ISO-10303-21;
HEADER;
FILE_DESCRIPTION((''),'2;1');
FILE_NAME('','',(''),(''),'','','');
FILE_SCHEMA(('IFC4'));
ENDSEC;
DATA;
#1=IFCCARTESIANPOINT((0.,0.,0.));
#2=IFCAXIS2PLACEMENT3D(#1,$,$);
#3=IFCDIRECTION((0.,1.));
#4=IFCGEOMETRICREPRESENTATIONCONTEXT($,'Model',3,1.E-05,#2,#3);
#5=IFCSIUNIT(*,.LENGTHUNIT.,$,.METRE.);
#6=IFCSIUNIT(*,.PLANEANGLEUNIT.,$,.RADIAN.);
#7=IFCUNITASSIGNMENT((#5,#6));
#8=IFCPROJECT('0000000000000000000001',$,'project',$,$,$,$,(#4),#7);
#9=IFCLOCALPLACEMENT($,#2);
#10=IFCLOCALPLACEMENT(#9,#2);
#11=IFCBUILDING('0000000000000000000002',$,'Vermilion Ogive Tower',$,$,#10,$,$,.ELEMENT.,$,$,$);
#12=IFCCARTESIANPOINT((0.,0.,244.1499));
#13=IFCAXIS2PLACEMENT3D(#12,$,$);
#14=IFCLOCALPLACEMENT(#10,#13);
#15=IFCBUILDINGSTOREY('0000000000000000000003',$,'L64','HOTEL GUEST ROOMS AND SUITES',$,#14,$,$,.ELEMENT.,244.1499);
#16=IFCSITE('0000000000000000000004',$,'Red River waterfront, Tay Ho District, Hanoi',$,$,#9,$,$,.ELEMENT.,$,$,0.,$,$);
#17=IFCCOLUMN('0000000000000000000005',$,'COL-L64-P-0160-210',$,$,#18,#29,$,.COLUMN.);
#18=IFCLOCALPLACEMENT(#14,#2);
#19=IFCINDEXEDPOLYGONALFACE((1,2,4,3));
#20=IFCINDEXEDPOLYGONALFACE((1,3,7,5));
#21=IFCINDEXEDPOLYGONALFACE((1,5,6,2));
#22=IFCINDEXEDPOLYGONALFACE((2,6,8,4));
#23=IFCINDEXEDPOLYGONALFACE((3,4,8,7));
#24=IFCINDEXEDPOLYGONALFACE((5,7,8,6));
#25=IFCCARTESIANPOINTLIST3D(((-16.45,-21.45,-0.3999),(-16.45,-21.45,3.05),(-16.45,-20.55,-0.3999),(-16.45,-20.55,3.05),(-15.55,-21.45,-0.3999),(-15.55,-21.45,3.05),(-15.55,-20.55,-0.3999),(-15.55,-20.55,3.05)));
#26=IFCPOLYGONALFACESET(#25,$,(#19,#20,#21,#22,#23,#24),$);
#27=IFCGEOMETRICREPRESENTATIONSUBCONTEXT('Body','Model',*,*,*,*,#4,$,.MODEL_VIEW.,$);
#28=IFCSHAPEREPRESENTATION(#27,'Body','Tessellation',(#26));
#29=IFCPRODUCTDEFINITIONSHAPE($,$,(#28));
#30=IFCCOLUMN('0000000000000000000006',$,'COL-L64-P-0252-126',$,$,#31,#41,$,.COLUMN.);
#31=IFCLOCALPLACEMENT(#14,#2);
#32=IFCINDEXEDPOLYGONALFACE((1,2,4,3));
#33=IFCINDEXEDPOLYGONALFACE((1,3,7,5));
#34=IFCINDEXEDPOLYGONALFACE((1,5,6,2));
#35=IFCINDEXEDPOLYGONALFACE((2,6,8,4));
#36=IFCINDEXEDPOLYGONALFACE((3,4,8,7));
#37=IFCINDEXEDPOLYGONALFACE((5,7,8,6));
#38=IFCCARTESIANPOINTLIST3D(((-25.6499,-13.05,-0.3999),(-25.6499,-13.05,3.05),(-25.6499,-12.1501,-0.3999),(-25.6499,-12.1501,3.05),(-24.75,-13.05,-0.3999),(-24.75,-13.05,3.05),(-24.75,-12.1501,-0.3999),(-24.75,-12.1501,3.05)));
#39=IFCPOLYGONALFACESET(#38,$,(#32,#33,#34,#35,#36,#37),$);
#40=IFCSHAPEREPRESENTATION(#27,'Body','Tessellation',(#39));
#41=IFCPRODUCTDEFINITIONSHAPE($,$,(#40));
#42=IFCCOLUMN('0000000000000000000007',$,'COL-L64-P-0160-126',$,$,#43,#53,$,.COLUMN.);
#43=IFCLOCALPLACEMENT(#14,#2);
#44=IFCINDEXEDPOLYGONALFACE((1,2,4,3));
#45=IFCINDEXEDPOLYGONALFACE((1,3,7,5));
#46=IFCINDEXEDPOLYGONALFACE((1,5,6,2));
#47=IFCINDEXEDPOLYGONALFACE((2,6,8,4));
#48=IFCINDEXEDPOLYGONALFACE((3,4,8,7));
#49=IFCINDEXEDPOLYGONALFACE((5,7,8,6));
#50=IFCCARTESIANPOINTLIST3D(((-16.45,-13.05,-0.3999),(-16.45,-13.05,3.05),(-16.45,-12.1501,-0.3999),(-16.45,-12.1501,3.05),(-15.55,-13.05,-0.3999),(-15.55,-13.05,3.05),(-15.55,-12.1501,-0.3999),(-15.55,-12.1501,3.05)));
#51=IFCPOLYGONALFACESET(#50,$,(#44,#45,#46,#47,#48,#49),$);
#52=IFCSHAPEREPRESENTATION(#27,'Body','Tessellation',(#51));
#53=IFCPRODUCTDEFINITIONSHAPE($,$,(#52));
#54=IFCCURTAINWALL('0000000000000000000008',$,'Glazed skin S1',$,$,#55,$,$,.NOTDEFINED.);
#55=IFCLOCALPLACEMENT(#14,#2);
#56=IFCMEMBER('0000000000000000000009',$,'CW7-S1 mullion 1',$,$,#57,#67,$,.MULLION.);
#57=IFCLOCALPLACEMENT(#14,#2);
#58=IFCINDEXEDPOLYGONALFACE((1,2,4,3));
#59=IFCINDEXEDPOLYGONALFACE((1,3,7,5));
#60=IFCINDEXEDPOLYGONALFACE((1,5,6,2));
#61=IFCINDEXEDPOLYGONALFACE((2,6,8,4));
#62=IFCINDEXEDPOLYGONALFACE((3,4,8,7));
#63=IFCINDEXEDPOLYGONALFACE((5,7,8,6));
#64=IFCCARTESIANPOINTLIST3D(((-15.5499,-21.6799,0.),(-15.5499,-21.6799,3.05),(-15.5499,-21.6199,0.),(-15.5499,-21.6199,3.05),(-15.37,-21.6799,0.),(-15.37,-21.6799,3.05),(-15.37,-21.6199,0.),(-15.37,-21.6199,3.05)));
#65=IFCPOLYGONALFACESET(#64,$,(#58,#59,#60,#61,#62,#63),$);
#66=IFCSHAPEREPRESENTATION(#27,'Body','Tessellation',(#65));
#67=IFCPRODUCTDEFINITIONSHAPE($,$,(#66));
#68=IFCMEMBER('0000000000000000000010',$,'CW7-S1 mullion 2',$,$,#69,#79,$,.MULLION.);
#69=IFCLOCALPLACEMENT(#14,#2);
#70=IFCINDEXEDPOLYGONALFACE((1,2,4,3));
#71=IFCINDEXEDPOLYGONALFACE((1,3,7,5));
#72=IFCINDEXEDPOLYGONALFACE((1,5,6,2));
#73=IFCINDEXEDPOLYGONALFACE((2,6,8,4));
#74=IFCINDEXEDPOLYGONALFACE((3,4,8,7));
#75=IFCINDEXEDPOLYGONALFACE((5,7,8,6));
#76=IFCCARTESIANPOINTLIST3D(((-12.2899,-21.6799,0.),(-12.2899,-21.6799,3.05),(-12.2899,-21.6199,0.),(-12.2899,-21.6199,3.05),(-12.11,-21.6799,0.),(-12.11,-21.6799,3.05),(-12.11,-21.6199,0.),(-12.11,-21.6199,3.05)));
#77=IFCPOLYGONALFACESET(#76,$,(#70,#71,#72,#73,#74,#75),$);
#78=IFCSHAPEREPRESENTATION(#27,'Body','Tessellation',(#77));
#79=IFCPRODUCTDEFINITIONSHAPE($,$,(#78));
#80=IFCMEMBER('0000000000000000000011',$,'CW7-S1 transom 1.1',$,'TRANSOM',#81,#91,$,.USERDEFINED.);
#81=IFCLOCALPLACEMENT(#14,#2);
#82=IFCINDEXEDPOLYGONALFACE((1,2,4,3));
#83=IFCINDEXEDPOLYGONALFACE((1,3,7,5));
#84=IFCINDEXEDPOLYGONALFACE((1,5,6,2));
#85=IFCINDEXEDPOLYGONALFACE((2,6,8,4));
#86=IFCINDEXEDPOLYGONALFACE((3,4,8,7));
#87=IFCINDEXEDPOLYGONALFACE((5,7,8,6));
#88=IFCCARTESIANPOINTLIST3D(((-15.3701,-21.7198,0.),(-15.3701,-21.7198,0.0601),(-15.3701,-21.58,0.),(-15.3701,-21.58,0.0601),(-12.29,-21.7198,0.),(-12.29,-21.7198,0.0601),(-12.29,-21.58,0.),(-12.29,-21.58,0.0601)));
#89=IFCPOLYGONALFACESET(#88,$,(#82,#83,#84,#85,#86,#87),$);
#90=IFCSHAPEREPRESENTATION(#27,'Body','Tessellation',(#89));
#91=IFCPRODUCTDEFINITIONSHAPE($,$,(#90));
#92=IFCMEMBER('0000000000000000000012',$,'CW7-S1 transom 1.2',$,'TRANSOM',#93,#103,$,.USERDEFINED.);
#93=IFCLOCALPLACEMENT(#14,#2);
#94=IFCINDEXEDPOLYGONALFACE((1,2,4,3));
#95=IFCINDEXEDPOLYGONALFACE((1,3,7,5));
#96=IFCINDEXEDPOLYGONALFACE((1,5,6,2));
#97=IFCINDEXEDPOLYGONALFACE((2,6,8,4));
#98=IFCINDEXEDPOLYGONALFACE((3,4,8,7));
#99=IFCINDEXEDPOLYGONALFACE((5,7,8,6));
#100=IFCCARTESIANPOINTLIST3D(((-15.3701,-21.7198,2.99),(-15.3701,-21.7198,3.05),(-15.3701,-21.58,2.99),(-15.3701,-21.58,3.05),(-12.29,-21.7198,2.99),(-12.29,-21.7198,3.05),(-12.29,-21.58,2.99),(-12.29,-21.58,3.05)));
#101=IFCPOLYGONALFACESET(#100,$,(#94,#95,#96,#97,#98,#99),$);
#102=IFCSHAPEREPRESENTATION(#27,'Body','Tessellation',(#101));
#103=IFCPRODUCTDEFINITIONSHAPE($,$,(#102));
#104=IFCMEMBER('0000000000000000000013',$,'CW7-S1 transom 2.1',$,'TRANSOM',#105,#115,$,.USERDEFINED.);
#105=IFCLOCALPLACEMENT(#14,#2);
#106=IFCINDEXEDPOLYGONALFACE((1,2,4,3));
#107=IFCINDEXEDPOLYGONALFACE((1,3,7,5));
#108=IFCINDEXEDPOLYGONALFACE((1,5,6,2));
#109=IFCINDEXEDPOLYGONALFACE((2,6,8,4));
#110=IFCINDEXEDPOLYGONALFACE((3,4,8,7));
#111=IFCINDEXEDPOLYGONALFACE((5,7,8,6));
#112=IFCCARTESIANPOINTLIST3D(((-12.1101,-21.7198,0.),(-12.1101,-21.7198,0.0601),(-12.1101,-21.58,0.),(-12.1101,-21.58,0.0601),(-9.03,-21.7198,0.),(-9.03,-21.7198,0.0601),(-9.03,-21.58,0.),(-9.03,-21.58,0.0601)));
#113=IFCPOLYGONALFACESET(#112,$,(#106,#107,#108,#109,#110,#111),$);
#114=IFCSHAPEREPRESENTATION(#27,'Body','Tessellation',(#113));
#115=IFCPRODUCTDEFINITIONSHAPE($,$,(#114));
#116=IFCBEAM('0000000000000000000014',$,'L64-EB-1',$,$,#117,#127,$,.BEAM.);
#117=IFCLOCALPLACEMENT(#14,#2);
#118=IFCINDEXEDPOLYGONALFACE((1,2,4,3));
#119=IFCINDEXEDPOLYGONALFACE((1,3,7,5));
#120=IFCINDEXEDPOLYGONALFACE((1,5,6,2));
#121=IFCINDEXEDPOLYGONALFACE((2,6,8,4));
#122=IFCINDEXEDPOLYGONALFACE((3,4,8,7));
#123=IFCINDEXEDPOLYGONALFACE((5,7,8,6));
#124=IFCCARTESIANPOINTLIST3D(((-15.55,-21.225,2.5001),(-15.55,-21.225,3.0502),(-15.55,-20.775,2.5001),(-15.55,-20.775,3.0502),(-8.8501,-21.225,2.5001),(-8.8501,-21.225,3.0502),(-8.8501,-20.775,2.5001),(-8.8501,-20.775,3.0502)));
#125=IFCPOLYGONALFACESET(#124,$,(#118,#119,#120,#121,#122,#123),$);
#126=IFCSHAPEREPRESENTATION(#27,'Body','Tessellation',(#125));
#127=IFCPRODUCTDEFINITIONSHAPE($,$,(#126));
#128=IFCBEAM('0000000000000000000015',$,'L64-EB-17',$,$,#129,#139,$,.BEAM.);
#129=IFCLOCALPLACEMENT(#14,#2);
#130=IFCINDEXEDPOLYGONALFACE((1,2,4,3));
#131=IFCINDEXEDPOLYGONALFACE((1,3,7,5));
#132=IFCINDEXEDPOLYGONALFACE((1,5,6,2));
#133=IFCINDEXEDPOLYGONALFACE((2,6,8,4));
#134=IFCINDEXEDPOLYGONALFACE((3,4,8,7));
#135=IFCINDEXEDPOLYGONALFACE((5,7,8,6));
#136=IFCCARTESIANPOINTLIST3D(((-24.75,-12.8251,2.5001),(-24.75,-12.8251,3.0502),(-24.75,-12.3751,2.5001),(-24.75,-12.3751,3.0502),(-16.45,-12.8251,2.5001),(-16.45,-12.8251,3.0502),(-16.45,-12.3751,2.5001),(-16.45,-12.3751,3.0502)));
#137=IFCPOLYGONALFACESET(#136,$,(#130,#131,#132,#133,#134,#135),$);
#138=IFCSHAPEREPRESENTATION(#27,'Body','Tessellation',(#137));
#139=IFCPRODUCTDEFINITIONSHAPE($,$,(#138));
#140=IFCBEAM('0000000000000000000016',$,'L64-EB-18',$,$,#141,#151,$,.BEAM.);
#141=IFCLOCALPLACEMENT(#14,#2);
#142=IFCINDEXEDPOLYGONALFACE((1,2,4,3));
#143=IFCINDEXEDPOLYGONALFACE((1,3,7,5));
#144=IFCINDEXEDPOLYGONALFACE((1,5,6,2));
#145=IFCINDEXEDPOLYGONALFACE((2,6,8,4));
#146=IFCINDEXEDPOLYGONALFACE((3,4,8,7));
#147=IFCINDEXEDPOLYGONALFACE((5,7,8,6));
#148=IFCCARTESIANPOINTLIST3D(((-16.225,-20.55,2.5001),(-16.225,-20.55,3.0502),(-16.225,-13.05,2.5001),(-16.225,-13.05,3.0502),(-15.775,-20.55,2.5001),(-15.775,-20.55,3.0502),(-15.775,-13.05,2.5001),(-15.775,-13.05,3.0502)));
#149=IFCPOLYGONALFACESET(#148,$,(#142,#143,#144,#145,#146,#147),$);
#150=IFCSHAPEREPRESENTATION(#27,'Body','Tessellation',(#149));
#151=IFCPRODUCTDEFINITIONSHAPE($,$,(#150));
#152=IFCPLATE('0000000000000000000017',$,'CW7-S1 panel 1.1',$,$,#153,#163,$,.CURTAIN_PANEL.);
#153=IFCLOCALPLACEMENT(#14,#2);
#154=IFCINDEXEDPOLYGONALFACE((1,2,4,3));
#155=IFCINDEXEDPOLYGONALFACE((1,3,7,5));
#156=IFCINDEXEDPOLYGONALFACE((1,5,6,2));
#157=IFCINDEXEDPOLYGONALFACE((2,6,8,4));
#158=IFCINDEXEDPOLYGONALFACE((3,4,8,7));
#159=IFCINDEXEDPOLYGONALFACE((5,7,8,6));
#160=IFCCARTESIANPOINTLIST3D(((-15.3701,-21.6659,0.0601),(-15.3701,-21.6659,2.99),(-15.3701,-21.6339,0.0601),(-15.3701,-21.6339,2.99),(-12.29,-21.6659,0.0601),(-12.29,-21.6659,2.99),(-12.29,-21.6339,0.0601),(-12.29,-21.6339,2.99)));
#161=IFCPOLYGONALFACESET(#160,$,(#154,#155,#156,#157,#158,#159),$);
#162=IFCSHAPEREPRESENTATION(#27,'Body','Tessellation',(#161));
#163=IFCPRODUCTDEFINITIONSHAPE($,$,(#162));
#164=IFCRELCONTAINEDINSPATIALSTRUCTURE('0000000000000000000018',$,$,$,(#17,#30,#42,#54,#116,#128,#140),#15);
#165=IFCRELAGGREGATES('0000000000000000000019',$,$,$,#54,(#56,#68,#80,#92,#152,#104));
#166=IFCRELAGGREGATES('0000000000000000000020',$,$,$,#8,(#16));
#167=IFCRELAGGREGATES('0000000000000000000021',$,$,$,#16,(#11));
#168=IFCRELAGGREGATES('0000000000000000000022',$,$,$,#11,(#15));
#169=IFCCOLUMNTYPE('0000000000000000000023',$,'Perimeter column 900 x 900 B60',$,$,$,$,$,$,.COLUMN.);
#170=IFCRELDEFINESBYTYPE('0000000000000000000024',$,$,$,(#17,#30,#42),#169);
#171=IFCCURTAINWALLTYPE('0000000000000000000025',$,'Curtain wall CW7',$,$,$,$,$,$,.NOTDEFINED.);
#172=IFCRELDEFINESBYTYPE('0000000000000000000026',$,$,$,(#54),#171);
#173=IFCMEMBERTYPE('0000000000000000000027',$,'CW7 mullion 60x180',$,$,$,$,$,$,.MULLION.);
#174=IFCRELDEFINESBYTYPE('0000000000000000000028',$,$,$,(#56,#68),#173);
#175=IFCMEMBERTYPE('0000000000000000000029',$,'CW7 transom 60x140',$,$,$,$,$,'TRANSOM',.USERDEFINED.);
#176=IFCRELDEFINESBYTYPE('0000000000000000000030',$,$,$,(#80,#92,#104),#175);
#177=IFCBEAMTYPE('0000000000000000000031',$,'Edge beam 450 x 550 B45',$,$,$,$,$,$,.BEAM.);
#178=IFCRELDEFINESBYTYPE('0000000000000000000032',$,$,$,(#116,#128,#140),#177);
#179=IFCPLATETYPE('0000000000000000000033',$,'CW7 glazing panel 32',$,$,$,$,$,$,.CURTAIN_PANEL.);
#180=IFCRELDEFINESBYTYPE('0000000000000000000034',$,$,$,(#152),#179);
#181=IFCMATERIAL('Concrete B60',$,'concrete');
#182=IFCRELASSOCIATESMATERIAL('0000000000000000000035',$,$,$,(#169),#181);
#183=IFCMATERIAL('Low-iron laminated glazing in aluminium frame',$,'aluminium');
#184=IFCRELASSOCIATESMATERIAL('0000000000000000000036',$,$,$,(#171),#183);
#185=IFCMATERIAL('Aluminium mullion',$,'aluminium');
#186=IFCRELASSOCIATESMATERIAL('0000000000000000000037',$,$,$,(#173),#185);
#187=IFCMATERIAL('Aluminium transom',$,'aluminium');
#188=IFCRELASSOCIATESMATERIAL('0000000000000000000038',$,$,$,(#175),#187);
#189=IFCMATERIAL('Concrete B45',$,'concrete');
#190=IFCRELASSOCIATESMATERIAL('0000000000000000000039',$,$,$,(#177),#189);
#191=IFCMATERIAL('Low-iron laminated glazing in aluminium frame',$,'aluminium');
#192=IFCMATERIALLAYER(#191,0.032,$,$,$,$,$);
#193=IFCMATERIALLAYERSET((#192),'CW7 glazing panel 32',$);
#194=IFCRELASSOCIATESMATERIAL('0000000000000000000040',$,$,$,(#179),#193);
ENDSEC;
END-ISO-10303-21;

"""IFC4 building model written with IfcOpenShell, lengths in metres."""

from ifc_helpers import new_model, si_unit, direction, frame, origin, origin_2d, place, context, subcontext, project, spatial, rectangle, extrude, material, layer, layer_set, material_profile, profile_set, type_object, element, aggregate, save


model = new_model("IFC4")

# Units and contexts
model_context = context("Model", 3, precision=1e-05, world=origin(), true_north=direction((0.0, 1.0)))
body_context = subcontext(model_context, "Body", "Model", "MODEL_VIEW")
ifc_project = project(units=[si_unit("LENGTHUNIT", "METRE"), si_unit("PLANEANGLEUNIT", "RADIAN")], contexts=[model_context])

# Site, building, storey
site_placement = place(None, origin())
site = spatial("IfcSite", under=ifc_project, at=site_placement, Name="Red River waterfront, Tay Ho District, Hanoi", CompositionType="ELEMENT", RefElevation=0.0)
building_placement = place(site_placement, origin())
building = spatial("IfcBuilding", under=site, at=building_placement, Name="Vermilion Ogive Tower", CompositionType="ELEMENT")
storey_placement = place(building_placement, frame((0.0, 0.0, 244.1499)))
storey = spatial("IfcBuildingStorey", under=building, at=storey_placement, Name="L64", Description="HOTEL GUEST ROOMS AND SUITES", CompositionType="ELEMENT", Elevation=244.1499)

# Columns
ifc_material_1 = material(Name="Concrete B60", Category="concrete")
ifc_material_profile_1 = material_profile(ifc_material_1, rectangle(XDim=0.8999, YDim=0.8999, at=origin_2d()), Name="900 x 900")
ifc_profile_set_1 = profile_set([ifc_material_profile_1], Name="Concrete B60")
column_type = type_object("IfcColumnType", Name="Perimeter column 900 x 900 B60", PredefinedType="COLUMN", material=ifc_profile_set_1)
for number, where, z_axis, x_axis, name in (
    (1, (-16.0, -21.0, -0.3999), (0.0, 0.0, 1.0), (1.0, 0.0, 0.0), "COL-L64-P-0160-210"),
    (2, (-25.2, -12.6001, -0.3999), (0.0, 0.0, 1.0), (1.0, 0.0, 0.0), "COL-L64-P-0252-126"),
    (3, (-16.0, -12.6001, -0.3999), (0.0, 0.0, 1.0), (1.0, 0.0, 0.0), "COL-L64-P-0160-126"),
):
    element("IfcColumn", number, at=place(storey_placement, frame(where, z_axis=z_axis, x_axis=x_axis)), inside=storey, type_object=column_type, Name=name, PredefinedType="COLUMN", context=body_context, shape_type="SweptSolid", body=[
        extrude(rectangle(XDim=0.8999, YDim=0.8999, at=origin_2d()), origin(), (0.0, 0.0, 1.0), 3.45),
    ])

# Curtain wall, members
ifc_material_2 = material(Name="Low-iron laminated glazing in aluminium frame", Category="aluminium")
curtain_wall_type = type_object("IfcCurtainWallType", Name="Curtain wall CW7", PredefinedType="NOTDEFINED", material=ifc_material_2)
curtain_wall_placement = place(storey_placement, origin())
curtain_wall = element("IfcCurtainWall", 4, at=curtain_wall_placement, inside=storey, type_object=curtain_wall_type, Name="Glazed skin S1", PredefinedType="NOTDEFINED")
ifc_material_3 = material(Name="Aluminium mullion", Category="aluminium")
ifc_material_profile_2 = material_profile(ifc_material_3, rectangle(XDim=0.0601, YDim=0.1799, at=origin_2d()), Name="AL 60x180")
ifc_profile_set_2 = profile_set([ifc_material_profile_2], Name="Aluminium mullion")
member_type_1 = type_object("IfcMemberType", Name="CW7 mullion 60x180", PredefinedType="MULLION", material=ifc_profile_set_2)
member_1_placement = place(storey_placement, frame((-15.46, -21.6499, 0.0), z_axis=(0.0, 0.0, 1.0), x_axis=(0.0, 1.0, 0.0)))
member_1 = element("IfcMember", 5, at=member_1_placement, type_object=member_type_1, Name="CW7-S1 mullion 1", PredefinedType="MULLION", context=body_context, shape_type="SweptSolid", body=[
    extrude(rectangle(XDim=0.0601, YDim=0.1799, at=origin_2d()), origin(), (0.0, 0.0, 1.0), 3.05),
])
member_2_placement = place(storey_placement, frame((-12.2, -21.6499, 0.0), z_axis=(0.0, 0.0, 1.0), x_axis=(0.0, 1.0, 0.0)))
member_2 = element("IfcMember", 6, at=member_2_placement, type_object=member_type_1, Name="CW7-S1 mullion 2", PredefinedType="MULLION", context=body_context, shape_type="SweptSolid", body=[
    extrude(rectangle(XDim=0.0601, YDim=0.1799, at=origin_2d()), origin(), (0.0, 0.0, 1.0), 3.05),
])
ifc_material_4 = material(Name="Aluminium transom", Category="aluminium")
ifc_material_profile_3 = material_profile(ifc_material_4, rectangle(XDim=0.1399, YDim=0.0601, at=origin_2d()), Name="AL 60x140")
ifc_profile_set_3 = profile_set([ifc_material_profile_3], Name="Aluminium transom")
member_type_2 = type_object("IfcMemberType", Name="CW7 transom 60x140", ElementType="TRANSOM", PredefinedType="USERDEFINED", material=ifc_profile_set_3)
member_3_placement = place(storey_placement, frame((-15.3701, -21.6499, 0.03), z_axis=(1.0, 0.0, 0.0), x_axis=(0.0, 1.0, 0.0)))
member_3 = element("IfcMember", 7, at=member_3_placement, type_object=member_type_2, Name="CW7-S1 transom 1.1", ObjectType="TRANSOM", PredefinedType="USERDEFINED", context=body_context, shape_type="SweptSolid", body=[
    extrude(rectangle(XDim=0.1399, YDim=0.0601, at=origin_2d()), origin(), (0.0, 0.0, 1.0), 3.0801),
])
member_4_placement = place(storey_placement, frame((-15.3701, -21.6499, 3.02), z_axis=(1.0, 0.0, 0.0), x_axis=(0.0, 1.0, 0.0)))
member_4 = element("IfcMember", 8, at=member_4_placement, type_object=member_type_2, Name="CW7-S1 transom 1.2", ObjectType="TRANSOM", PredefinedType="USERDEFINED", context=body_context, shape_type="SweptSolid", body=[
    extrude(rectangle(XDim=0.1399, YDim=0.0601, at=origin_2d()), origin(), (0.0, 0.0, 1.0), 3.0801),
])
member_5_placement = place(storey_placement, frame((-12.1101, -21.6499, 0.03), z_axis=(1.0, 0.0, 0.0), x_axis=(0.0, 1.0, 0.0)))
member_5 = element("IfcMember", 9, at=member_5_placement, type_object=member_type_2, Name="CW7-S1 transom 2.1", ObjectType="TRANSOM", PredefinedType="USERDEFINED", context=body_context, shape_type="SweptSolid", body=[
    extrude(rectangle(XDim=0.1399, YDim=0.0601, at=origin_2d()), origin(), (0.0, 0.0, 1.0), 3.0801),
])

# Beams
ifc_material_5 = material(Name="Concrete B45", Category="concrete")
ifc_material_profile_4 = material_profile(ifc_material_5, rectangle(XDim=0.45, YDim=0.55, at=origin_2d()), Name="450 x 550")
ifc_profile_set_4 = profile_set([ifc_material_profile_4], Name="Concrete B45")
beam_type = type_object("IfcBeamType", Name="Edge beam 450 x 550 B45", PredefinedType="BEAM", material=ifc_profile_set_4)
beam_1_placement = place(storey_placement, frame((-15.55, -21.0, 2.7751), z_axis=(1.0, 0.0, 0.0), x_axis=(0.0, 1.0, 0.0)))
element("IfcBeam", 10, at=beam_1_placement, inside=storey, type_object=beam_type, Name="L64-EB-1", PredefinedType="BEAM", context=body_context, shape_type="SweptSolid", body=[
    extrude(rectangle(XDim=0.45, YDim=0.55, at=origin_2d()), origin(), (0.0, 0.0, 1.0), 6.7),
])
beam_2_placement = place(storey_placement, frame((-24.75, -12.6001, 2.7751), z_axis=(1.0, 0.0, 0.0), x_axis=(0.0, 1.0, 0.0)))
element("IfcBeam", 11, at=beam_2_placement, inside=storey, type_object=beam_type, Name="L64-EB-17", PredefinedType="BEAM", context=body_context, shape_type="SweptSolid", body=[
    extrude(rectangle(XDim=0.45, YDim=0.55, at=origin_2d()), origin(), (0.0, 0.0, 1.0), 8.3),
])
beam_3_placement = place(storey_placement, frame((-16.0, -13.05, 2.7751), z_axis=(0.0, -1.0, 0.0), x_axis=(1.0, 0.0, 0.0)))
element("IfcBeam", 12, at=beam_3_placement, inside=storey, type_object=beam_type, Name="L64-EB-18", PredefinedType="BEAM", context=body_context, shape_type="SweptSolid", body=[
    extrude(rectangle(XDim=0.45, YDim=0.55, at=origin_2d()), origin(), (0.0, 0.0, 1.0), 7.5),
])

# Plate
ifc_material_6 = material(Name="Low-iron laminated glazing in aluminium frame", Category="aluminium")
ifc_layer_1 = layer(ifc_material_6, 0.032)
ifc_layer_set_1 = layer_set([ifc_layer_1], Name="CW7 glazing panel 32")
plate_type = type_object("IfcPlateType", Name="CW7 glazing panel 32", PredefinedType="CURTAIN_PANEL", material=ifc_layer_set_1)
plate_placement = place(storey_placement, frame((-13.8301, -21.6499, 0.0601), z_axis=(0.0, 0.0, 1.0), x_axis=(1.0, 0.0, 0.0)))
plate = element("IfcPlate", 13, at=plate_placement, type_object=plate_type, Name="CW7-S1 panel 1.1", PredefinedType="CURTAIN_PANEL", context=body_context, shape_type="SweptSolid", body=[
    extrude(rectangle(XDim=3.0801, YDim=0.032, at=origin_2d()), origin(), (0.0, 0.0, 1.0), 2.9299),
])
aggregate(curtain_wall, [member_1, member_2, member_3, member_4, plate, member_5])

save(model, "model.ifc")
